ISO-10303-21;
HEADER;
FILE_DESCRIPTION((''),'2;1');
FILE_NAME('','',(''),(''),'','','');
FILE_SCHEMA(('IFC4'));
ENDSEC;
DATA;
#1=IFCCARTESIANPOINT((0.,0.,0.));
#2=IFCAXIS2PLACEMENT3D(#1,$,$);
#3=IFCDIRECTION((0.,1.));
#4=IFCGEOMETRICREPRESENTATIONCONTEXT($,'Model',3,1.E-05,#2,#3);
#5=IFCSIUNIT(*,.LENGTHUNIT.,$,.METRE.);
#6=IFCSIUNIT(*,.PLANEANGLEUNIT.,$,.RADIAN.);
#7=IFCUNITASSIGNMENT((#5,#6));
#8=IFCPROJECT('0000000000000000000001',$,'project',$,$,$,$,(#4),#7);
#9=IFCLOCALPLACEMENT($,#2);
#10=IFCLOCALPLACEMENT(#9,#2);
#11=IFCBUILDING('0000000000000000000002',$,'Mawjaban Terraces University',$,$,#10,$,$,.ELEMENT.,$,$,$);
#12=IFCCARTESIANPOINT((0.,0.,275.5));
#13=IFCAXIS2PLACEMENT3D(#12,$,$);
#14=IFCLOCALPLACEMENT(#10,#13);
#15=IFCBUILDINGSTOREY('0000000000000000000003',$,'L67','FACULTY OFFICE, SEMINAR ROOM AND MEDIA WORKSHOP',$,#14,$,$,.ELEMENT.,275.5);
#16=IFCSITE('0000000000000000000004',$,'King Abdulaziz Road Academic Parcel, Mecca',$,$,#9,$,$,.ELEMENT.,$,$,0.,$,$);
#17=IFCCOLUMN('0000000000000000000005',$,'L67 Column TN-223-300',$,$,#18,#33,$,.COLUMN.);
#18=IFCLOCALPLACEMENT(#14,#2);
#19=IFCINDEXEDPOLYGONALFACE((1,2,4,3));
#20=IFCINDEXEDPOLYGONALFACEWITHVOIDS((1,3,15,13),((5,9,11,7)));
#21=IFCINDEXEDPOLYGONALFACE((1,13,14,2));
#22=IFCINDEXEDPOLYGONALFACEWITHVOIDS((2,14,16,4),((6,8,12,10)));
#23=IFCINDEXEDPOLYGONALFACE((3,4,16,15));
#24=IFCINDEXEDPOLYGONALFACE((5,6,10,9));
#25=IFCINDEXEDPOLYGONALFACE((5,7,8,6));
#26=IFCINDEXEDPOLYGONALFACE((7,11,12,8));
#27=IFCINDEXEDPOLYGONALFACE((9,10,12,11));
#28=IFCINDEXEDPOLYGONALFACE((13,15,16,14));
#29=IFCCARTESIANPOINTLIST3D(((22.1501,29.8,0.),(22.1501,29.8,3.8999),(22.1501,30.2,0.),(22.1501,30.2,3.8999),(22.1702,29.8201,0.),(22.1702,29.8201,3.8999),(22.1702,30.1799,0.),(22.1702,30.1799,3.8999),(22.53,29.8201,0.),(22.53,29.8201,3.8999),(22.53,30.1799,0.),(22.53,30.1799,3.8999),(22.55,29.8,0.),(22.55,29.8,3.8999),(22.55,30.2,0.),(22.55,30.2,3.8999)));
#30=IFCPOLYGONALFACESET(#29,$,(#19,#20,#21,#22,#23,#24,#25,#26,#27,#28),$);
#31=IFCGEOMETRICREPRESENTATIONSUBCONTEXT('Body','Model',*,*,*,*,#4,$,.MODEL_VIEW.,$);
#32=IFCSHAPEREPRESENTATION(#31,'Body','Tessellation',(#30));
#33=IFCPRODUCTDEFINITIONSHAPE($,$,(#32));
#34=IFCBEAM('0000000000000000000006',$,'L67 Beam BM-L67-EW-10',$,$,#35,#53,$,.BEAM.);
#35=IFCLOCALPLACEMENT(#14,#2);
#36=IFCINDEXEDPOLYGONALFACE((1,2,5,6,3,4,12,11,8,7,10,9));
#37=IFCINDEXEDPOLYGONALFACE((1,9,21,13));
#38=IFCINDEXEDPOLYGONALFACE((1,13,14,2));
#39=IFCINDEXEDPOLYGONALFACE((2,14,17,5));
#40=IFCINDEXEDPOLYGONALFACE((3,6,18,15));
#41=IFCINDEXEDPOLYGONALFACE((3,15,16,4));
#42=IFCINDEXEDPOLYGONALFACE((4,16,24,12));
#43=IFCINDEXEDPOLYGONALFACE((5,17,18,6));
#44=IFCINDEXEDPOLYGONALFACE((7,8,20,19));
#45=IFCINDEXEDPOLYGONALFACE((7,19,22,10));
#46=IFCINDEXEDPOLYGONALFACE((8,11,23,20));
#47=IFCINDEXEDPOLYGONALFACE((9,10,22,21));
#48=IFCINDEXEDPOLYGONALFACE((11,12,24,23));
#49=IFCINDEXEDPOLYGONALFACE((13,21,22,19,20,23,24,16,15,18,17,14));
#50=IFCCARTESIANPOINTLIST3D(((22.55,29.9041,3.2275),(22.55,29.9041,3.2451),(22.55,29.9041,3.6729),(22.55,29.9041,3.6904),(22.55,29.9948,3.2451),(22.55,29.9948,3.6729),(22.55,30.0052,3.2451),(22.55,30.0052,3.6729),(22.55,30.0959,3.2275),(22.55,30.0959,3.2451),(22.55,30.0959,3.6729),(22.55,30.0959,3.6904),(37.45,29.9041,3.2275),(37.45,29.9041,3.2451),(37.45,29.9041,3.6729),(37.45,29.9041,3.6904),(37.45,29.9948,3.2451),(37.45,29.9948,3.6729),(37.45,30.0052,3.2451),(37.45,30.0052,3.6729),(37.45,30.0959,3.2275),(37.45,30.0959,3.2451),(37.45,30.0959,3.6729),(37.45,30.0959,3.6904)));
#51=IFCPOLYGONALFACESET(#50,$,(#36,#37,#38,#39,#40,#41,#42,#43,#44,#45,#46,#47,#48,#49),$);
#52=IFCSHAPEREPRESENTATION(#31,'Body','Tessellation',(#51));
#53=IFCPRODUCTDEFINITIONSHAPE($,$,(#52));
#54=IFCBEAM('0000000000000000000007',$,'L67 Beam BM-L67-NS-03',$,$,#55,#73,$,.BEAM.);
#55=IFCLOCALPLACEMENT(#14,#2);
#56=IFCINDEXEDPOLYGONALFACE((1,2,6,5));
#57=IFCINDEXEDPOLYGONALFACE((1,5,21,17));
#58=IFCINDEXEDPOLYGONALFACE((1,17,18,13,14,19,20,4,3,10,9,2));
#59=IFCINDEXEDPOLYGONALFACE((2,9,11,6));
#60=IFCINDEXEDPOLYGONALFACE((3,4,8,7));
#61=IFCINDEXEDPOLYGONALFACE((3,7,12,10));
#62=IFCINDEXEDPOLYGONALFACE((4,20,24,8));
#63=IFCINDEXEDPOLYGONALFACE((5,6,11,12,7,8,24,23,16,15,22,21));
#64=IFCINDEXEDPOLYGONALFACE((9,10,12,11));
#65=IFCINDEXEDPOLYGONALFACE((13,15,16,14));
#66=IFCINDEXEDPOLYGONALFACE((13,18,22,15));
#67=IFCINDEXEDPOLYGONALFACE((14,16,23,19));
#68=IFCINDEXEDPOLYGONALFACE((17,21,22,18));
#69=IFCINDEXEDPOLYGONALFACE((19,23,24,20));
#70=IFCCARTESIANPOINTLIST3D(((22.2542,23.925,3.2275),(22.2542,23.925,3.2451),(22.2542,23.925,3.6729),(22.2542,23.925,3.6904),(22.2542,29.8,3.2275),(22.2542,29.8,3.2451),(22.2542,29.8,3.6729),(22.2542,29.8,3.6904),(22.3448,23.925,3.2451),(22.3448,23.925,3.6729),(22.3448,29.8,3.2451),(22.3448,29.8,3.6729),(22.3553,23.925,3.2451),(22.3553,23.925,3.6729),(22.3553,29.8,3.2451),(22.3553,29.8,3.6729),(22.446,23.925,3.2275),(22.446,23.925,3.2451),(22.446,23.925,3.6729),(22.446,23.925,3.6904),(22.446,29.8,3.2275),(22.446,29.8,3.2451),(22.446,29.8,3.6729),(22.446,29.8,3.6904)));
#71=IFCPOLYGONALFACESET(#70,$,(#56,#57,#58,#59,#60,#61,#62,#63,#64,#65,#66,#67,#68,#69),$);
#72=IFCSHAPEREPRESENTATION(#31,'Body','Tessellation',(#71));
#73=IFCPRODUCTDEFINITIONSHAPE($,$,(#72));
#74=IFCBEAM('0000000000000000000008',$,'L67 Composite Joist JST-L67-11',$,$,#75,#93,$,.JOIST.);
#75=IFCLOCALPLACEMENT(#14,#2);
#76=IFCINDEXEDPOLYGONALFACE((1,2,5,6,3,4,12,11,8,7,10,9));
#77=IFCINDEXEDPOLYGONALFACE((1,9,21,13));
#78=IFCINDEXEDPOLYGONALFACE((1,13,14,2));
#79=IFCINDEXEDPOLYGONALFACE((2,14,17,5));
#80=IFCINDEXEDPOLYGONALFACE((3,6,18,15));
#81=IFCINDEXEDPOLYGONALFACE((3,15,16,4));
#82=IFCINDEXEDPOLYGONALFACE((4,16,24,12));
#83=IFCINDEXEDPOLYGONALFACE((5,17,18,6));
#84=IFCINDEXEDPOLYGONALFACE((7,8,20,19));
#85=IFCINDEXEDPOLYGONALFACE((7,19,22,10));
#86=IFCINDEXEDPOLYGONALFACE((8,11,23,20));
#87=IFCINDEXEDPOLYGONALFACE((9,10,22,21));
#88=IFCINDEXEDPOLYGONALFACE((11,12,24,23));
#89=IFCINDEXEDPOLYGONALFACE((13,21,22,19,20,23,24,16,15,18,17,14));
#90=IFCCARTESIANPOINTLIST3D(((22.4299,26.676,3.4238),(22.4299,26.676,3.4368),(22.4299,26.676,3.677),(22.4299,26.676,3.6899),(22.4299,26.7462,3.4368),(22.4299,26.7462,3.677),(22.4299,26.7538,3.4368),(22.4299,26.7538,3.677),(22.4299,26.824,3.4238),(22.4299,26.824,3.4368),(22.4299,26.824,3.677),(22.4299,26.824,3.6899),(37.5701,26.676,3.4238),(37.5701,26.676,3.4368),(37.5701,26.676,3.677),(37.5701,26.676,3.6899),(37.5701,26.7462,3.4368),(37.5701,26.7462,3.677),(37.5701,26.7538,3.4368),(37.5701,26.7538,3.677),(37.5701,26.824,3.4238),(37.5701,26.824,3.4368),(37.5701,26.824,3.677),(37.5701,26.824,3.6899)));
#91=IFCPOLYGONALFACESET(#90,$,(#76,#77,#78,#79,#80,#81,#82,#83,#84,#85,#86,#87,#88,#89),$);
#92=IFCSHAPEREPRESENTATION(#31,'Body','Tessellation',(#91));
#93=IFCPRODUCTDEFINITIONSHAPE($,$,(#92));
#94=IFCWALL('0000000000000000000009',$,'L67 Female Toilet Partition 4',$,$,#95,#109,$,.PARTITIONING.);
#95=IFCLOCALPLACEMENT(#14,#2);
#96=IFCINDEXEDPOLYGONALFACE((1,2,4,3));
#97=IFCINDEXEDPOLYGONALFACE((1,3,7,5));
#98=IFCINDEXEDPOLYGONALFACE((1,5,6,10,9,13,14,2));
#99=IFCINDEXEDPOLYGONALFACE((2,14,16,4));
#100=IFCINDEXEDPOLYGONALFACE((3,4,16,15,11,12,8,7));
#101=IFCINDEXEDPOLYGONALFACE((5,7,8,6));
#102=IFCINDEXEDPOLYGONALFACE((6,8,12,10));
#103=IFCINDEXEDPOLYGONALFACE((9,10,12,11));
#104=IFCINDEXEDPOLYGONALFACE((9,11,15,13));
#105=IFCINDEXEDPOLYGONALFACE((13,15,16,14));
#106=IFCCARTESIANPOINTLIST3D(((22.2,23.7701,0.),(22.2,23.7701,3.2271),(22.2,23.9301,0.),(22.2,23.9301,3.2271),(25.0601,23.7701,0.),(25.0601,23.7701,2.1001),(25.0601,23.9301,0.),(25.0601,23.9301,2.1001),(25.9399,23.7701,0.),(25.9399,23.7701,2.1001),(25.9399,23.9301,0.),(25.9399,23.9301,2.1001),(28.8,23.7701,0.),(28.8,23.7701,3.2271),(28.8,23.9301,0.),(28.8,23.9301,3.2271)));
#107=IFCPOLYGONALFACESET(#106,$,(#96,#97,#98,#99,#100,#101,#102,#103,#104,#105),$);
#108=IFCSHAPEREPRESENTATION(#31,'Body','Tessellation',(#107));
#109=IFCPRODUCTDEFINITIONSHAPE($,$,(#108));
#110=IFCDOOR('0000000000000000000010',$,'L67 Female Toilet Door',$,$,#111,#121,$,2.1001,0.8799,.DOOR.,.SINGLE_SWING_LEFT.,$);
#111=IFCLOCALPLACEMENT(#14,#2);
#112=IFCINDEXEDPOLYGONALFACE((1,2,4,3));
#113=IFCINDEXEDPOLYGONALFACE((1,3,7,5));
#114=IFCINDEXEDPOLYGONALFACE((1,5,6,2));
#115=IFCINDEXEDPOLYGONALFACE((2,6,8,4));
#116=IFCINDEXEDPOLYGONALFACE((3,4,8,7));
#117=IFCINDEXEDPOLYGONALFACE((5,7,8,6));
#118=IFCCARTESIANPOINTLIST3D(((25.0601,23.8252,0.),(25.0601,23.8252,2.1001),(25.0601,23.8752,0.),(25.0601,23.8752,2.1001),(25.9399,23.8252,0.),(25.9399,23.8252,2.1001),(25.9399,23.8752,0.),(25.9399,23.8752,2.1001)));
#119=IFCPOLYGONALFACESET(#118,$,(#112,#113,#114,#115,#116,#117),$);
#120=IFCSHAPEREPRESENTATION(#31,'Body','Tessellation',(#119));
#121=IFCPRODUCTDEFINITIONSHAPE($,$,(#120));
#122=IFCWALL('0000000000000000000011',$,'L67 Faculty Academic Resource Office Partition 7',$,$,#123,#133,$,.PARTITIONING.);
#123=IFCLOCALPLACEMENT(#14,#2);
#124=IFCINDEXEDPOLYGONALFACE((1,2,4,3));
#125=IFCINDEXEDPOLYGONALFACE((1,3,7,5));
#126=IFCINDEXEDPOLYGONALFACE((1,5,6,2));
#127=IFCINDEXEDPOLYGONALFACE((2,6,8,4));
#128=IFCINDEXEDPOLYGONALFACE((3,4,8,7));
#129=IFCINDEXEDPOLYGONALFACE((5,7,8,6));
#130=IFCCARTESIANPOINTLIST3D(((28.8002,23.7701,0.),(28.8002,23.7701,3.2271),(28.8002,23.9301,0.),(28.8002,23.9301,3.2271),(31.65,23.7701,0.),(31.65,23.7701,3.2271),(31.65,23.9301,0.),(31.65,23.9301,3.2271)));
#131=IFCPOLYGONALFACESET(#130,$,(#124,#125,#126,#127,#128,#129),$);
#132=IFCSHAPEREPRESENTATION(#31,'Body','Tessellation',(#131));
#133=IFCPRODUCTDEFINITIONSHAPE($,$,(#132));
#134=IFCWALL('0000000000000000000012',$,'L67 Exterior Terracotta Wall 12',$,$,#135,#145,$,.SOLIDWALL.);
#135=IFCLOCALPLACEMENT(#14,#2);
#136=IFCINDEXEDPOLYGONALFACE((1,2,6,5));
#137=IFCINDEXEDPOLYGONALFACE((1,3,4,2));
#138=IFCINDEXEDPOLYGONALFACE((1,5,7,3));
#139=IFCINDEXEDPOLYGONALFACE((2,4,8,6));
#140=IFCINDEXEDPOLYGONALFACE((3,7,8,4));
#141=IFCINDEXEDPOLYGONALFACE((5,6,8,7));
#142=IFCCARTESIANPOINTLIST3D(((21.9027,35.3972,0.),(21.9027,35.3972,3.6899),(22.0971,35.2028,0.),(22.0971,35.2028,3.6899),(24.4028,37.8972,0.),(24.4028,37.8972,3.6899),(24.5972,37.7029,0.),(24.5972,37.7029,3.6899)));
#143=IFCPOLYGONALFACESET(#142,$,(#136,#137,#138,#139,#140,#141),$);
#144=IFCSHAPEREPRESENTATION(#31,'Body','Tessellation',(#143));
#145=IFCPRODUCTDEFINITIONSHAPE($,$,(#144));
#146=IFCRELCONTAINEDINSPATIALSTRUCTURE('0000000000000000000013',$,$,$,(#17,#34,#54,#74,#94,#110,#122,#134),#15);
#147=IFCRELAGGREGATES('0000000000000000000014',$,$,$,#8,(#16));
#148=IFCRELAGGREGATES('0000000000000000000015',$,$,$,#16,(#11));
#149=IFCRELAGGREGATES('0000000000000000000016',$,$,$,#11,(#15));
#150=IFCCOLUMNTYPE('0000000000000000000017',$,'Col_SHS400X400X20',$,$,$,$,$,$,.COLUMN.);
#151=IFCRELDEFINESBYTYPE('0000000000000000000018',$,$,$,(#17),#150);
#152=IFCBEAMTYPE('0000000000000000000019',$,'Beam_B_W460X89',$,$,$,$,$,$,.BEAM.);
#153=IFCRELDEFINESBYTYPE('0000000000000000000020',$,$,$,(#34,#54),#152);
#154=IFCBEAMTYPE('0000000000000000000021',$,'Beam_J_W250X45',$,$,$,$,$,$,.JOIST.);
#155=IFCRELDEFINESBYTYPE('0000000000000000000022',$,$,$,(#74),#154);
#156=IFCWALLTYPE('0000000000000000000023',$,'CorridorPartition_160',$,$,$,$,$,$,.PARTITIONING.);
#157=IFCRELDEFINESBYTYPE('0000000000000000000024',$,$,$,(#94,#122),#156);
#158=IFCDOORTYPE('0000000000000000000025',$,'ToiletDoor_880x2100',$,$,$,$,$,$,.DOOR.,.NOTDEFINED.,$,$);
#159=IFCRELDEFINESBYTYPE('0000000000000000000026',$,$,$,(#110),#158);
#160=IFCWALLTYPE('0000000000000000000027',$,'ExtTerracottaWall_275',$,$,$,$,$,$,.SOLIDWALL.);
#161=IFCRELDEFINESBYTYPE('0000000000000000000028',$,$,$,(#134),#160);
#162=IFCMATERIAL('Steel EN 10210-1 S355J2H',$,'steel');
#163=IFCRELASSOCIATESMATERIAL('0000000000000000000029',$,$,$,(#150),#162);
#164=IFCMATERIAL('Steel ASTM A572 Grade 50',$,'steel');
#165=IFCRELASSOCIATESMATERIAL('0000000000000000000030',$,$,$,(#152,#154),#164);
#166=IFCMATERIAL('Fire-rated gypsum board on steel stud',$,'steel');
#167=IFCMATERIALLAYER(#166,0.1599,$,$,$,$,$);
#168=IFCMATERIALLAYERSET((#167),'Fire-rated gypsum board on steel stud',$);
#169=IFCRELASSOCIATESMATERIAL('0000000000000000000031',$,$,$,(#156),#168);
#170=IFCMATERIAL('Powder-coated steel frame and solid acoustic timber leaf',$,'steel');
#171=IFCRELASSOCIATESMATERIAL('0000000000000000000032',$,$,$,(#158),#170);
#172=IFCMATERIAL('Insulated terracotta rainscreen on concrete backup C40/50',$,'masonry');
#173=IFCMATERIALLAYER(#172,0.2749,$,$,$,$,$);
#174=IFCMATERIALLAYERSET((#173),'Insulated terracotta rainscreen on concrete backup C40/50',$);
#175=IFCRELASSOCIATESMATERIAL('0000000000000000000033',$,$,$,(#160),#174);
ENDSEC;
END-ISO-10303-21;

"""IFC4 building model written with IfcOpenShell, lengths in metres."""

from ifc_helpers import new_model, si_unit, direction, frame, frame_2d, origin, origin_2d, place, context, subcontext, project, spatial, rectangle, hollow_rectangle, i_section, extrude, material, layer, layer_set, material_profile, profile_set, type_object, element, fill, save


model = new_model("IFC4")

# Units and contexts
model_context = context("Model", 3, precision=1e-05, world=origin(), true_north=direction((0.0, 1.0)))
body_context = subcontext(model_context, "Body", "Model", "MODEL_VIEW")
ifc_project = project(units=[si_unit("LENGTHUNIT", "METRE"), si_unit("PLANEANGLEUNIT", "RADIAN")], contexts=[model_context])

# Site, building, storey
site_placement = place(None, origin())
site = spatial("IfcSite", under=ifc_project, at=site_placement, Name="King Abdulaziz Road Academic Parcel, Mecca", CompositionType="ELEMENT", RefElevation=0.0)
building_placement = place(site_placement, origin())
building = spatial("IfcBuilding", under=site, at=building_placement, Name="Mawjaban Terraces University", CompositionType="ELEMENT")
storey_placement = place(building_placement, frame((0.0, 0.0, 275.5)))
storey = spatial("IfcBuildingStorey", under=building, at=storey_placement, Name="L67", Description="FACULTY OFFICE, SEMINAR ROOM AND MEDIA WORKSHOP", CompositionType="ELEMENT", Elevation=275.5)

# Column
ifc_material_1 = material(Name="Steel EN 10210-1 S355J2H", Category="steel")
ifc_material_profile_1 = material_profile(ifc_material_1, hollow_rectangle(XDim=0.3999, YDim=0.3999, WallThickness=0.02, at=origin_2d()), Name="SHS400X400X20")
ifc_profile_set_1 = profile_set([ifc_material_profile_1], Name="Steel EN 10210-1 S355J2H")
column_type = type_object("IfcColumnType", Name="Col_SHS400X400X20", PredefinedType="COLUMN", material=ifc_profile_set_1)
column_placement = place(storey_placement, frame((22.3501, 30.0, 0.0), z_axis=(0.0, 0.0, 1.0), x_axis=(1.0, 0.0, 0.0)))
element("IfcColumn", 1, at=column_placement, inside=storey, type_object=column_type, Name="L67 Column TN-223-300", PredefinedType="COLUMN", context=body_context, shape_type="SweptSolid", body=[
    extrude(hollow_rectangle(XDim=0.3999, YDim=0.3999, WallThickness=0.02, at=origin_2d()), origin(), (0.0, 0.0, 1.0), 3.8999),
])

# Beams
ifc_material_2 = material(Name="Steel ASTM A572 Grade 50", Category="steel")
ifc_material_profile_2 = material_profile(ifc_material_2, i_section(OverallWidth=0.1919, OverallDepth=0.4629, WebThickness=0.0105, FlangeThickness=0.0176, at=origin_2d()), Name="W460X89")
ifc_profile_set_2 = profile_set([ifc_material_profile_2], Name="Steel ASTM A572 Grade 50")
beam_type_1 = type_object("IfcBeamType", Name="Beam_B_W460X89", PredefinedType="BEAM", material=ifc_profile_set_2)
beam_1_placement = place(storey_placement, frame((22.55, 30.0, 3.459), z_axis=(1.0, 0.0, 0.0), x_axis=(0.0, 1.0, 0.0)))
element("IfcBeam", 2, at=beam_1_placement, inside=storey, type_object=beam_type_1, Name="L67 Beam BM-L67-EW-10", PredefinedType="BEAM", context=body_context, shape_type="SweptSolid", body=[
    extrude(i_section(OverallWidth=0.1919, OverallDepth=0.4629, WebThickness=0.0105, FlangeThickness=0.0176, at=origin_2d()), origin(), (0.0, 0.0, 1.0), 14.8999),
])
beam_2_placement = place(storey_placement, frame((22.3501, 23.925, 3.459), z_axis=(0.0, 1.0, 0.0), x_axis=(-1.0, 0.0, 0.0)))
element("IfcBeam", 3, at=beam_2_placement, inside=storey, type_object=beam_type_1, Name="L67 Beam BM-L67-NS-03", PredefinedType="BEAM", context=body_context, shape_type="SweptSolid", body=[
    extrude(i_section(OverallWidth=0.1919, OverallDepth=0.4629, WebThickness=0.0105, FlangeThickness=0.0176, at=origin_2d()), origin(), (0.0, 0.0, 1.0), 5.875),
])
ifc_material_profile_3 = material_profile(ifc_material_2, i_section(OverallWidth=0.1479, OverallDepth=0.2661, WebThickness=0.0076, FlangeThickness=0.0129, at=origin_2d()), Name="W250X45")
ifc_profile_set_3 = profile_set([ifc_material_profile_3], Name="Steel ASTM A572 Grade 50")
beam_type_2 = type_object("IfcBeamType", Name="Beam_J_W250X45", PredefinedType="JOIST", material=ifc_profile_set_3)
beam_3_placement = place(storey_placement, frame((22.4299, 26.75, 3.5569), z_axis=(1.0, 0.0, 0.0), x_axis=(0.0, 1.0, 0.0)))
element("IfcBeam", 4, at=beam_3_placement, inside=storey, type_object=beam_type_2, Name="L67 Composite Joist JST-L67-11", PredefinedType="JOIST", context=body_context, shape_type="SweptSolid", body=[
    extrude(i_section(OverallWidth=0.1479, OverallDepth=0.2661, WebThickness=0.0076, FlangeThickness=0.0129, at=origin_2d()), origin(), (0.0, 0.0, 1.0), 15.1401),
])

# Wall, opening, door
ifc_material_3 = material(Name="Fire-rated gypsum board on steel stud", Category="steel")
ifc_layer_1 = layer(ifc_material_3, 0.1599)
ifc_layer_set_1 = layer_set([ifc_layer_1], Name="Fire-rated gypsum board on steel stud")
wall_type_1 = type_object("IfcWallType", Name="CorridorPartition_160", PredefinedType="PARTITIONING", material=ifc_layer_set_1)
wall_1_placement = place(storey_placement, frame((28.8, 23.8501, 0.0), z_axis=(0.0, 0.0, 1.0), x_axis=(-1.0, 0.0, 0.0)))
wall_1 = element("IfcWall", 5, at=wall_1_placement, inside=storey, type_object=wall_type_1, Name="L67 Female Toilet Partition 4", PredefinedType="PARTITIONING", context=body_context, shape_type="SweptSolid", body=[
    extrude(rectangle(XDim=6.6001, YDim=0.1599, at=frame_2d((3.3, 0.0))), origin(), (0.0, 0.0, 1.0), 3.2271),
])
opening_1_placement = place(wall_1_placement, frame((2.8601, 0.0, 0.0)))
opening_1 = element("IfcOpeningElement", 6, at=opening_1_placement, cuts=wall_1, PredefinedType="OPENING", context=body_context, shape_type="SweptSolid", body=[
    extrude(rectangle(XDim=0.8799, YDim=2.1001, at=frame_2d((0.4399, 1.05))), frame((0.0, 0.0898, 0.0), z_axis=(0.0, -1.0, 0.0), x_axis=(1.0, 0.0, 0.0)), (0.0, 0.0, 1.0), 0.1799),
])
ifc_material_4 = material(Name="Powder-coated steel frame and solid acoustic timber leaf", Category="steel")
door_type_1 = type_object("IfcDoorType", Name="ToiletDoor_880x2100", OperationType="NOTDEFINED", PredefinedType="DOOR", material=ifc_material_4)
door_1_placement = place(opening_1_placement, origin())
door_1 = element("IfcDoor", 7, at=door_1_placement, inside=storey, type_object=door_type_1, Name="L67 Female Toilet Door", OperationType="SINGLE_SWING_LEFT", OverallHeight=2.1001, OverallWidth=0.8799, PredefinedType="DOOR", context=body_context, shape_type="SweptSolid", body=[
    extrude(rectangle(XDim=0.8799, YDim=2.1001, at=frame_2d((0.4399, 1.05))), frame((0.0, 0.0249, 0.0), z_axis=(0.0, -1.0, 0.0), x_axis=(1.0, 0.0, 0.0)), (0.0, 0.0, 1.0), 0.05),
])
fill(opening_1, door_1)

# Walls
wall_2_placement = place(storey_placement, frame((31.6499, 23.8501, 0.0), z_axis=(0.0, 0.0, 1.0), x_axis=(-1.0, 0.0, 0.0)))
element("IfcWall", 8, at=wall_2_placement, inside=storey, type_object=wall_type_1, Name="L67 Faculty Academic Resource Office Partition 7", PredefinedType="PARTITIONING", context=body_context, shape_type="SweptSolid", body=[
    extrude(rectangle(XDim=2.8499, YDim=0.1599, at=frame_2d((1.4248, 0.0))), origin(), (0.0, 0.0, 1.0), 3.2271),
])
ifc_material_5 = material(Name="Insulated terracotta rainscreen on concrete backup C40/50", Category="masonry")
ifc_layer_2 = layer(ifc_material_5, 0.2749)
ifc_layer_set_2 = layer_set([ifc_layer_2], Name="Insulated terracotta rainscreen on concrete backup C40/50")
wall_type_2 = type_object("IfcWallType", Name="ExtTerracottaWall_275", PredefinedType="SOLIDWALL", material=ifc_layer_set_2)
wall_3_placement = place(storey_placement, frame((24.5, 37.8, 0.0), z_axis=(0.0, 0.0, 1.0), x_axis=(-0.707107, -0.707107, 0.0)))
element("IfcWall", 9, at=wall_3_placement, inside=storey, type_object=wall_type_2, Name="L67 Exterior Terracotta Wall 12", PredefinedType="SOLIDWALL", context=body_context, shape_type="SweptSolid", body=[
    extrude(rectangle(XDim=3.5356, YDim=0.2749, at=frame_2d((1.7678, 0.0))), origin(), (0.0, 0.0, 1.0), 3.6899),
])

save(model, "model.ifc")
